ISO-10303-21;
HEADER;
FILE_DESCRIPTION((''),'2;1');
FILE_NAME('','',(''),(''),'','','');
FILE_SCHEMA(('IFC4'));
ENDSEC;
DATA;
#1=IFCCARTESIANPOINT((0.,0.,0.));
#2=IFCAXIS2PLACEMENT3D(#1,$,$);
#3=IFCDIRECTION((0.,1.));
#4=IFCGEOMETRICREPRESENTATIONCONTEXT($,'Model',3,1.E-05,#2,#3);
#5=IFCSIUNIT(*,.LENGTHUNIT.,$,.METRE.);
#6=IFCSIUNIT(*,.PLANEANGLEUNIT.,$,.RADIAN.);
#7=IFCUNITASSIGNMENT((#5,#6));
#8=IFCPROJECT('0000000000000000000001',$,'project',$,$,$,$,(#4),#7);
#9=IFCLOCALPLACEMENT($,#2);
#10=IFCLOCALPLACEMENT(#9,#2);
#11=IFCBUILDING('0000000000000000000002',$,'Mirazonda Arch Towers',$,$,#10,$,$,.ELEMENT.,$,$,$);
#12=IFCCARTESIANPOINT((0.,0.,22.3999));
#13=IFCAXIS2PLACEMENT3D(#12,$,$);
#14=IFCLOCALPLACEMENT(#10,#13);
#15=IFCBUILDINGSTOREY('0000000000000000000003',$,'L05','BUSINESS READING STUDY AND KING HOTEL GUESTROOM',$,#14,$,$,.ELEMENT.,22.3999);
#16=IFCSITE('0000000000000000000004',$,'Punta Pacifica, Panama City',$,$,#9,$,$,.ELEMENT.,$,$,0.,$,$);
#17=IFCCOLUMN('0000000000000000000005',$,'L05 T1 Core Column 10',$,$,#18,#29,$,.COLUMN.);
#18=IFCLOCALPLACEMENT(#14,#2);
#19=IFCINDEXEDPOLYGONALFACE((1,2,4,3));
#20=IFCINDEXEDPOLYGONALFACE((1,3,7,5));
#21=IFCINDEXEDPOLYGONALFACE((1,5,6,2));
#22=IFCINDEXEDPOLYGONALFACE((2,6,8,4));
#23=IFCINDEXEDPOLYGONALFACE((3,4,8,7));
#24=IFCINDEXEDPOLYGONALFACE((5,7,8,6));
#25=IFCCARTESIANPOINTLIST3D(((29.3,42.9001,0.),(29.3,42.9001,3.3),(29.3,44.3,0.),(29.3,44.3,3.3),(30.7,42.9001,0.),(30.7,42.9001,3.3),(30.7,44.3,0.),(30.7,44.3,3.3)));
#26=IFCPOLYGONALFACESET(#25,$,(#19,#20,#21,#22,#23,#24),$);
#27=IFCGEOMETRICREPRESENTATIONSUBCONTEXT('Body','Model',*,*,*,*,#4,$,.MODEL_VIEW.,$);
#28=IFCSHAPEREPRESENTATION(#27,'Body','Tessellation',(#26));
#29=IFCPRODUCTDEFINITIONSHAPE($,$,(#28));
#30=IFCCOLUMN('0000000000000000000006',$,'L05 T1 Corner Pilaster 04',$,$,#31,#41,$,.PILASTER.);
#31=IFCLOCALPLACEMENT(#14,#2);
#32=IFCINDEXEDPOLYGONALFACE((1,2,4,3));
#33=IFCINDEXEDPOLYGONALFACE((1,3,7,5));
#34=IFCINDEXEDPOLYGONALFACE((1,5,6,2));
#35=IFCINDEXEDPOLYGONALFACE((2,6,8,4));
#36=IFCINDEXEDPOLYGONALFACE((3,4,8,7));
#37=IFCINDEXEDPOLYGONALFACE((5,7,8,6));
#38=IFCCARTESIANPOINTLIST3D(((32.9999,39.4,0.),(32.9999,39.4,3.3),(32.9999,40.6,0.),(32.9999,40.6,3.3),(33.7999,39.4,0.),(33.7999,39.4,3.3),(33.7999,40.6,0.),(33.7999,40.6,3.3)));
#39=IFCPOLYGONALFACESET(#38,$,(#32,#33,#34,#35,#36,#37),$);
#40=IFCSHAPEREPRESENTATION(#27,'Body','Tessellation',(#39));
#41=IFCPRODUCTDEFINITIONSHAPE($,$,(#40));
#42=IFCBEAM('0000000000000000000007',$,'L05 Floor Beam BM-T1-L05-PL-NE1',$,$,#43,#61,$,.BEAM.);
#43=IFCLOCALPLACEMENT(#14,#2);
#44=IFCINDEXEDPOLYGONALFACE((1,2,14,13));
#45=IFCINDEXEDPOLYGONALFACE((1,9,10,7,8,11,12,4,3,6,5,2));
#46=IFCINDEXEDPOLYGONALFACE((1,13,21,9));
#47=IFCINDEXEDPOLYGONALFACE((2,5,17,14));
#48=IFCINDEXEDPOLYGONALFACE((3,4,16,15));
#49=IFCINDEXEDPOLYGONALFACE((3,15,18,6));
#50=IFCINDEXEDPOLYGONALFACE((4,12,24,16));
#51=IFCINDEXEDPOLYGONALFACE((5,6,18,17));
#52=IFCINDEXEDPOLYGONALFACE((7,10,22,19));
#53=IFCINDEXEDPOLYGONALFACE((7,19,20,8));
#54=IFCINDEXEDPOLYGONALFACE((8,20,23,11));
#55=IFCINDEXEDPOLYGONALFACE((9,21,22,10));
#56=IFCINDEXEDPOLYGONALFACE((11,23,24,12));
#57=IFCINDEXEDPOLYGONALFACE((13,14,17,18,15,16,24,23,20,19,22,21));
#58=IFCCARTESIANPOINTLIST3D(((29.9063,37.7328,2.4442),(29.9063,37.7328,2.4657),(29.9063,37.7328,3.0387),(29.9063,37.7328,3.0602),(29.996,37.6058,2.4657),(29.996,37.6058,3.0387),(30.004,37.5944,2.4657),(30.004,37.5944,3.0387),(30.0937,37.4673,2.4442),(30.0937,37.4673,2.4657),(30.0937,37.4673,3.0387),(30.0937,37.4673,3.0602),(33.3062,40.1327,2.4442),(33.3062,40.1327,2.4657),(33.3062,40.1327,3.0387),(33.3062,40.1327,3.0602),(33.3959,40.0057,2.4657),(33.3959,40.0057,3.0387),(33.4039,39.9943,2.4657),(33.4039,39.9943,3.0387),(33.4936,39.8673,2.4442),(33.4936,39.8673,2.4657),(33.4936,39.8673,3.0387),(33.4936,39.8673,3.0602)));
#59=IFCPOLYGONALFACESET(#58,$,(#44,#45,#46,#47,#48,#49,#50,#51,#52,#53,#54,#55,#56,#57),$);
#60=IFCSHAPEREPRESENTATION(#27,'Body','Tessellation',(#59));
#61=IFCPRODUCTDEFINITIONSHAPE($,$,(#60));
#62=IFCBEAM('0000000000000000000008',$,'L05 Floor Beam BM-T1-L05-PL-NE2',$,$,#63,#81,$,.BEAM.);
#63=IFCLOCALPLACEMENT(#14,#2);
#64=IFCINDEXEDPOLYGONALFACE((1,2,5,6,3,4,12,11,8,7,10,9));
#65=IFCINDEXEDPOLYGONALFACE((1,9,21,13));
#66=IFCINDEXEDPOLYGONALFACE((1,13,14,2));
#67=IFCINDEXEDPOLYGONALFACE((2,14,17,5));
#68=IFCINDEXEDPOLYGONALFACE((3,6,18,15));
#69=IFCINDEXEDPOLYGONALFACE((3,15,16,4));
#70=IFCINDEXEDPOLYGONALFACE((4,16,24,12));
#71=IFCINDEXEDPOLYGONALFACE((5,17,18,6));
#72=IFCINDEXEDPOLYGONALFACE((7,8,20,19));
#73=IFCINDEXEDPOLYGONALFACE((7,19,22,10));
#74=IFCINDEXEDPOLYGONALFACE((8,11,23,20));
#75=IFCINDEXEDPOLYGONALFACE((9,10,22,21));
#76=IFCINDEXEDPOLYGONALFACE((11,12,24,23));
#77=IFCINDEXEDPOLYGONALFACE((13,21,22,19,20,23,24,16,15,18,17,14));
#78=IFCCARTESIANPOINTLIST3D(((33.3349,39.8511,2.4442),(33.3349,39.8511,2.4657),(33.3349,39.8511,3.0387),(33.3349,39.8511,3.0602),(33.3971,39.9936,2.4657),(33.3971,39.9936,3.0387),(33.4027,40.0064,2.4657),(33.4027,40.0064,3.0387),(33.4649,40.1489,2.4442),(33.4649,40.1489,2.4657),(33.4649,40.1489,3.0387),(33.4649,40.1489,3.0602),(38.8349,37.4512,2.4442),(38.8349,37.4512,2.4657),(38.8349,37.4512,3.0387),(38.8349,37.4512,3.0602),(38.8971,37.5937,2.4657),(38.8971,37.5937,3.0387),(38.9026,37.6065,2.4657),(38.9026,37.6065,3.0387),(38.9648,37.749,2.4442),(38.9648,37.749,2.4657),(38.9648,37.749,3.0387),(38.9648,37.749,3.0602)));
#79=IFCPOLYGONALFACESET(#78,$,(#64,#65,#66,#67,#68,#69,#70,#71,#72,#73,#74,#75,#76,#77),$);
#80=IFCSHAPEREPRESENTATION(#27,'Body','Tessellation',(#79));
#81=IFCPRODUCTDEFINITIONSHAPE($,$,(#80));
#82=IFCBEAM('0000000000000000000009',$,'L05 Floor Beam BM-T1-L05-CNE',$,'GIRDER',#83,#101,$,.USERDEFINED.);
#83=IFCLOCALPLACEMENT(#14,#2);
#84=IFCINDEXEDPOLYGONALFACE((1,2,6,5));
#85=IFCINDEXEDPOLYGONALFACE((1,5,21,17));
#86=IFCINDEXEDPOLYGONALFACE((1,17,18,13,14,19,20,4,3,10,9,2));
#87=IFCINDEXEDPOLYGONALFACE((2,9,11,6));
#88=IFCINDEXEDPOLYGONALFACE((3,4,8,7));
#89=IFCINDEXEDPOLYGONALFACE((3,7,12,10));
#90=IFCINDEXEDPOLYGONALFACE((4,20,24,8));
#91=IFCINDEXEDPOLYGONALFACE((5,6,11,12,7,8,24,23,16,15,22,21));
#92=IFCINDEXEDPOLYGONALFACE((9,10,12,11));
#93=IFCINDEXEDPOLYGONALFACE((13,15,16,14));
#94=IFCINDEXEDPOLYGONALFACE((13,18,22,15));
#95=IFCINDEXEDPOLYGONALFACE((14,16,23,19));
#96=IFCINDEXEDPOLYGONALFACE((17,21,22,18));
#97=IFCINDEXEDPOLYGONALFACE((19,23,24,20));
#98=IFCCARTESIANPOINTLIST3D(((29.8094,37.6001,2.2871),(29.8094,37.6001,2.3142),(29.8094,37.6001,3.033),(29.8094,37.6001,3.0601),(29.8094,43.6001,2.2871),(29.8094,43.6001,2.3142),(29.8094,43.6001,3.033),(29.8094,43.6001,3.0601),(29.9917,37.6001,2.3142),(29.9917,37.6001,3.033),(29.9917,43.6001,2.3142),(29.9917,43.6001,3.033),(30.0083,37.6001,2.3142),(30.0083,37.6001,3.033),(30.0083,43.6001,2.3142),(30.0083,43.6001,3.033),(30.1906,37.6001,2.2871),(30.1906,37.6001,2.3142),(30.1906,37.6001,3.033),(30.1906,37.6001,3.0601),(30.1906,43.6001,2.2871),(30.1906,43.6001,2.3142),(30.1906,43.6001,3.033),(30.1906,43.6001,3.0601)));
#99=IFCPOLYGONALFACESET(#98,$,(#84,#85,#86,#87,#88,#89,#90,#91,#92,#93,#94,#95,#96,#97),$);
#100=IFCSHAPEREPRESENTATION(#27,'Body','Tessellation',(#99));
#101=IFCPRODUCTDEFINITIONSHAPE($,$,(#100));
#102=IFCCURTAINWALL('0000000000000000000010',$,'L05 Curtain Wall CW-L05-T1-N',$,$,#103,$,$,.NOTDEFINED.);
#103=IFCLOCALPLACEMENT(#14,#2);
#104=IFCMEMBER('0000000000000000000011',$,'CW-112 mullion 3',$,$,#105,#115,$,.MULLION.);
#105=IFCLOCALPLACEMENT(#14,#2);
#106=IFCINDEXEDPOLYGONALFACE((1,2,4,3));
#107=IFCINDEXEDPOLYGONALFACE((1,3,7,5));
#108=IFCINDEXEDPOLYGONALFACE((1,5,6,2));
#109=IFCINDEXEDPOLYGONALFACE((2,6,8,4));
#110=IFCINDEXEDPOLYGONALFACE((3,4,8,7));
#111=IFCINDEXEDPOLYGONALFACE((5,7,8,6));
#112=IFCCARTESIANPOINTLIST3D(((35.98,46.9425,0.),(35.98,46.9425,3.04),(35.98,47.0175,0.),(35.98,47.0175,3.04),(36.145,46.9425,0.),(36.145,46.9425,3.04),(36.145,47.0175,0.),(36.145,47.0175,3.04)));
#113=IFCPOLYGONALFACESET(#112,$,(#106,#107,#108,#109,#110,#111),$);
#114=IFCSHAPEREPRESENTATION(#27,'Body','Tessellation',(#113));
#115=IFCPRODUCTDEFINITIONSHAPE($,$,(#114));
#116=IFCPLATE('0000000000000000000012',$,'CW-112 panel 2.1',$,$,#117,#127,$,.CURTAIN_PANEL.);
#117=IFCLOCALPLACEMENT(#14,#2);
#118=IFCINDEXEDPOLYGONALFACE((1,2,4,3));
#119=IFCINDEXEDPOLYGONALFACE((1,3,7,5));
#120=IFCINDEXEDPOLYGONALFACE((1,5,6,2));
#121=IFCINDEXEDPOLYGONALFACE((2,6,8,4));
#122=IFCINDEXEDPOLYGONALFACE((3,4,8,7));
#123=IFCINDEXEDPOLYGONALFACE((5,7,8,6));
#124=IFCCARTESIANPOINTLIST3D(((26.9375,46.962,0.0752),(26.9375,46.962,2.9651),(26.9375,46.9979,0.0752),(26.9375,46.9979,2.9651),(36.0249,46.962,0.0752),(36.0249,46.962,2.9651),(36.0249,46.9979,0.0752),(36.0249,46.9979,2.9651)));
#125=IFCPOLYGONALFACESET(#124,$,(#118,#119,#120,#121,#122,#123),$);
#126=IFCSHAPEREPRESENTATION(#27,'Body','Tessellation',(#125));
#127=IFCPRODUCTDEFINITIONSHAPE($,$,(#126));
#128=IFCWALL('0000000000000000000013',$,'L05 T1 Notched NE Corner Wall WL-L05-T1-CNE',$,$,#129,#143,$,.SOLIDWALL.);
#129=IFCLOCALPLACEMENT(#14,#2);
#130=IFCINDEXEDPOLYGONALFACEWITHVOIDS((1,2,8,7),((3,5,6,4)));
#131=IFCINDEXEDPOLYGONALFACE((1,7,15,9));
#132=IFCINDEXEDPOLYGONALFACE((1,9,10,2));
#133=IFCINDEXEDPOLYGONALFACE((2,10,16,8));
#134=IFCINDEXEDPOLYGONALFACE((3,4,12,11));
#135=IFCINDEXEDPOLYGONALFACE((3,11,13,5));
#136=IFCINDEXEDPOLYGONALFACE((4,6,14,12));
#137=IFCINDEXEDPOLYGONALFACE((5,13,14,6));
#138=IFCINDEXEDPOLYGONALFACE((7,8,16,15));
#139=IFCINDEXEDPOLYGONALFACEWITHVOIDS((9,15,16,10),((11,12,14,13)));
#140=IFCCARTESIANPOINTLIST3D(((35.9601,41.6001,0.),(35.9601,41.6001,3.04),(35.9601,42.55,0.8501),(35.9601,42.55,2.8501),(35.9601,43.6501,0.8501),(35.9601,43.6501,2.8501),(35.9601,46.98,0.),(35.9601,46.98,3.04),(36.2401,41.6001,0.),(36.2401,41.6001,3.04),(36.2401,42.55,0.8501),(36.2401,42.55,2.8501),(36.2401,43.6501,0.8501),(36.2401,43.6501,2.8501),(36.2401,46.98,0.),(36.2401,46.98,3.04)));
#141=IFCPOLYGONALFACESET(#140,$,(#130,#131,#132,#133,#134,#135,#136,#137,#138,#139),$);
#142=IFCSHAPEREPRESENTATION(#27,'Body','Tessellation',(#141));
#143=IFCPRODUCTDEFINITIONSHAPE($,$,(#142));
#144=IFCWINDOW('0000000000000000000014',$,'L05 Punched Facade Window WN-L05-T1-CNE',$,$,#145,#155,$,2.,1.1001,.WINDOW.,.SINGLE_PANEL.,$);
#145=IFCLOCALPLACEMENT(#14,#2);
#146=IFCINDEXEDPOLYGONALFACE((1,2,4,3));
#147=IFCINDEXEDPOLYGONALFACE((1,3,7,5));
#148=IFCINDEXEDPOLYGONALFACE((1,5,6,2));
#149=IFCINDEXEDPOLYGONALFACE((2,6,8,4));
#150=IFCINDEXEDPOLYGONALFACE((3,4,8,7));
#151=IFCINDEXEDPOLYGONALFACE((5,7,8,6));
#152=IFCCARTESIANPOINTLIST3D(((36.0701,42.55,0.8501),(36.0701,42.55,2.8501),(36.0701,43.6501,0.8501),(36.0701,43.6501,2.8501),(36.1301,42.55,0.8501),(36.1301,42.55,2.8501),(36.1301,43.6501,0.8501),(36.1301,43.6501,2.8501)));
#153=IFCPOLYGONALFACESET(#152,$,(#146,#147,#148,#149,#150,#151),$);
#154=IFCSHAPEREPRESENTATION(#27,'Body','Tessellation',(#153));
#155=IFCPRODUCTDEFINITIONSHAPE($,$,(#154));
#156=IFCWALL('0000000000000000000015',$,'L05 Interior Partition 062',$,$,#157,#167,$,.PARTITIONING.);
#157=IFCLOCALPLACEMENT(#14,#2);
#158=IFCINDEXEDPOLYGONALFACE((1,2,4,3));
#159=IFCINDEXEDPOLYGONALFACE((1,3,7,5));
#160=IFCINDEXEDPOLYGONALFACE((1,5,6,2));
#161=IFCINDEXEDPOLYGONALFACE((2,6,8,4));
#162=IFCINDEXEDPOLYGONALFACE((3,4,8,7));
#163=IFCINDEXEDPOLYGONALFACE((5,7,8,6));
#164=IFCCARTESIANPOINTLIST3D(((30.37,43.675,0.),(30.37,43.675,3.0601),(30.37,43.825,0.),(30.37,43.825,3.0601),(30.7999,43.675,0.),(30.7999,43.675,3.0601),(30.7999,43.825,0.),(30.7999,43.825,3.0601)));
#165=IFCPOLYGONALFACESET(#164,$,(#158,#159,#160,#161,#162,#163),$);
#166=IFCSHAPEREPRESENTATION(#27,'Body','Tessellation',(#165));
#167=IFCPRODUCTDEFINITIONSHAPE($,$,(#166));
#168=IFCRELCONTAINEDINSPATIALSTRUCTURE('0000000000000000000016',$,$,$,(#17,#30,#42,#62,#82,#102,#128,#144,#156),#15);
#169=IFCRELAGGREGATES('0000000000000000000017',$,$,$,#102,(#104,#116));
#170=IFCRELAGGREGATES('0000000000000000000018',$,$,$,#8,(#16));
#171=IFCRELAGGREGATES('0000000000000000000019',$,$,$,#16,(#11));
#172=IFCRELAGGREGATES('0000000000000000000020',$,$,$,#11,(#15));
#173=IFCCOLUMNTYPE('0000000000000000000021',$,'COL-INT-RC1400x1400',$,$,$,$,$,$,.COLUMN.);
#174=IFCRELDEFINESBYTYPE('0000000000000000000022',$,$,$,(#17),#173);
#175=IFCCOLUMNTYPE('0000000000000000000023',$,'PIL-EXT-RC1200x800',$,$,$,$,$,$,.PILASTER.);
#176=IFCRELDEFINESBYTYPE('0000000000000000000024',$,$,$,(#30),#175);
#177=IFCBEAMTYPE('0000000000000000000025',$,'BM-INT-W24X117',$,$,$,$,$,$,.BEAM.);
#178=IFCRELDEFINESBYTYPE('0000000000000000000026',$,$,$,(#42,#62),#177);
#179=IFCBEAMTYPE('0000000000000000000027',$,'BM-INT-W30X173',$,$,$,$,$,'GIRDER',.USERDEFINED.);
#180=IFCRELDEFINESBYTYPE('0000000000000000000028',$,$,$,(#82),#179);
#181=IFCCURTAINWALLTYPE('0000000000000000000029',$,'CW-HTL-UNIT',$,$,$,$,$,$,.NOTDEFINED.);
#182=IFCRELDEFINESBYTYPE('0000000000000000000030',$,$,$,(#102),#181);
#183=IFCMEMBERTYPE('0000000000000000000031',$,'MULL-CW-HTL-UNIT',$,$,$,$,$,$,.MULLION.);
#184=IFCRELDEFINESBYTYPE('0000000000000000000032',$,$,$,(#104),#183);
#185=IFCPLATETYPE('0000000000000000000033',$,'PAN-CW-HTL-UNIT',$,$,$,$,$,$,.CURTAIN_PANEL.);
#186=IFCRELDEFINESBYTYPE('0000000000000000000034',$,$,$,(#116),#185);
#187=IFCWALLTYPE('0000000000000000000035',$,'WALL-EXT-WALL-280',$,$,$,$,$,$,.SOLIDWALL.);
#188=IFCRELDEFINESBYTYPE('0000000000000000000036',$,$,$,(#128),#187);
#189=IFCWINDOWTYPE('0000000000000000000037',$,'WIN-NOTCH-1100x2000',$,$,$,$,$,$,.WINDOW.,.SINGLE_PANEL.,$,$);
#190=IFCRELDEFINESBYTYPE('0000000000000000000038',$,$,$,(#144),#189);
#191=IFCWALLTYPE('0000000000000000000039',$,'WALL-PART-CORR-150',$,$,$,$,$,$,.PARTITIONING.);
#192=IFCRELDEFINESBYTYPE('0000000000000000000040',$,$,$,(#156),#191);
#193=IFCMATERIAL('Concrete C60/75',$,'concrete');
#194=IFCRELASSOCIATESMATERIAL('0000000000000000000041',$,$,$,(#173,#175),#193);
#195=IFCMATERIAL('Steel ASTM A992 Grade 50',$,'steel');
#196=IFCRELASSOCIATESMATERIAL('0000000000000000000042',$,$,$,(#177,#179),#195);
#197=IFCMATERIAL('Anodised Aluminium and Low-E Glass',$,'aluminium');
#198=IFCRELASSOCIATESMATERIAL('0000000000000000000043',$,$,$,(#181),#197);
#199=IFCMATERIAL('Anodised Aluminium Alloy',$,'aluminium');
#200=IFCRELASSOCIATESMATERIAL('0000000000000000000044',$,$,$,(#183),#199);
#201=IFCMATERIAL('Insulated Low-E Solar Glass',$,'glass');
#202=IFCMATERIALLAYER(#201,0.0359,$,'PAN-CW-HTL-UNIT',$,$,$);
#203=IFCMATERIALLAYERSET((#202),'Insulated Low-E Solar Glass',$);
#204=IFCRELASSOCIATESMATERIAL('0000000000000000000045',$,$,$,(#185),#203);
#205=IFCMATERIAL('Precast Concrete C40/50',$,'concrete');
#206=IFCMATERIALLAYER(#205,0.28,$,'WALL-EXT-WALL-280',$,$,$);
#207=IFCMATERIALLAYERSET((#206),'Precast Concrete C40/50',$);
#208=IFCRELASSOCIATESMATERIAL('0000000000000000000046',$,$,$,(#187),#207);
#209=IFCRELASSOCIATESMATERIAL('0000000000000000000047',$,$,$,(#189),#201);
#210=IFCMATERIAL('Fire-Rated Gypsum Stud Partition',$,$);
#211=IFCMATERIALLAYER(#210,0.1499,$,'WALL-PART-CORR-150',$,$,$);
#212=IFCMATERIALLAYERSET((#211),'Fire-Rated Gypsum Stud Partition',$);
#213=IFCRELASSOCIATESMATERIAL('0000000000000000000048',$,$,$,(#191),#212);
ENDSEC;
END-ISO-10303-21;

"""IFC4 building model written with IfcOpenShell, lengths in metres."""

from ifc_helpers import new_model, si_unit, direction, frame, frame_2d, origin, origin_2d, place, context, subcontext, project, spatial, rectangle, i_section, extrude, material, layer, layer_set, material_profile, profile_set, type_object, element, fill, aggregate, save


model = new_model("IFC4")

# Units and contexts
model_context = context("Model", 3, precision=1e-05, world=origin(), true_north=direction((0.0, 1.0)))
body_context = subcontext(model_context, "Body", "Model", "MODEL_VIEW")
ifc_project = project(units=[si_unit("LENGTHUNIT", "METRE"), si_unit("PLANEANGLEUNIT", "RADIAN")], contexts=[model_context])

# Site, building, storey
site_placement = place(None, origin())
site = spatial("IfcSite", under=ifc_project, at=site_placement, Name="Punta Pacifica, Panama City", CompositionType="ELEMENT", RefElevation=0.0)
building_placement = place(site_placement, origin())
building = spatial("IfcBuilding", under=site, at=building_placement, Name="Mirazonda Arch Towers", CompositionType="ELEMENT")
storey_placement = place(building_placement, frame((0.0, 0.0, 22.3999)))
storey = spatial("IfcBuildingStorey", under=building, at=storey_placement, Name="L05", Description="BUSINESS READING STUDY AND KING HOTEL GUESTROOM", CompositionType="ELEMENT", Elevation=22.3999)

# Columns
ifc_material_1 = material(Name="Concrete C60/75", Category="concrete")
ifc_material_profile_1 = material_profile(ifc_material_1, rectangle(XDim=1.3999, YDim=1.3999, at=origin_2d()), Name="RC1400x1400")
ifc_profile_set_1 = profile_set([ifc_material_profile_1], Name="Concrete C60/75")
column_type_1 = type_object("IfcColumnType", Name="COL-INT-RC1400x1400", PredefinedType="COLUMN", material=ifc_profile_set_1)
column_1_placement = place(storey_placement, frame((30.0, 43.6001, 0.0), z_axis=(0.0, 0.0, 1.0), x_axis=(1.0, 0.0, 0.0)))
element("IfcColumn", 1, at=column_1_placement, inside=storey, type_object=column_type_1, Name="L05 T1 Core Column 10", PredefinedType="COLUMN", context=body_context, shape_type="SweptSolid", body=[
    extrude(rectangle(XDim=1.3999, YDim=1.3999, at=origin_2d()), origin(), (0.0, 0.0, 1.0), 3.3),
])
ifc_material_profile_2 = material_profile(ifc_material_1, rectangle(XDim=0.8, YDim=1.2, at=origin_2d()), Name="RC1200x800")
ifc_profile_set_2 = profile_set([ifc_material_profile_2], Name="Concrete C60/75")
column_type_2 = type_object("IfcColumnType", Name="PIL-EXT-RC1200x800", PredefinedType="PILASTER", material=ifc_profile_set_2)
column_2_placement = place(storey_placement, frame((33.3999, 40.0, 0.0), z_axis=(0.0, 0.0, 1.0), x_axis=(1.0, 0.0, 0.0)))
element("IfcColumn", 2, at=column_2_placement, inside=storey, type_object=column_type_2, Name="L05 T1 Corner Pilaster 04", PredefinedType="PILASTER", context=body_context, shape_type="SweptSolid", body=[
    extrude(rectangle(XDim=0.8, YDim=1.2, at=origin_2d()), origin(), (0.0, 0.0, 1.0), 3.3),
])

# Beams
ifc_material_2 = material(Name="Steel ASTM A992 Grade 50", Category="steel")
ifc_material_profile_3 = material_profile(ifc_material_2, i_section(OverallWidth=0.325, OverallDepth=0.616, WebThickness=0.0139, FlangeThickness=0.0215, at=origin_2d()), Name="W24X117")
ifc_profile_set_3 = profile_set([ifc_material_profile_3], Name="Steel ASTM A992 Grade 50")
beam_type_1 = type_object("IfcBeamType", Name="BM-INT-W24X117", PredefinedType="BEAM", material=ifc_profile_set_3)
beam_1_placement = place(storey_placement, frame((33.3999, 40.0, 2.7522), z_axis=(-0.816971, -0.576679, 0.0), x_axis=(0.576679, -0.816971, 0.0)))
element("IfcBeam", 3, at=beam_1_placement, inside=storey, type_object=beam_type_1, Name="L05 Floor Beam BM-T1-L05-PL-NE1", PredefinedType="BEAM", context=body_context, shape_type="SweptSolid", body=[
    extrude(i_section(OverallWidth=0.325, OverallDepth=0.616, WebThickness=0.0139, FlangeThickness=0.0215, at=origin_2d()), origin(), (0.0, 0.0, 1.0), 4.1616),
])
beam_2_placement = place(storey_placement, frame((33.3999, 40.0, 2.7522), z_axis=(0.916545, -0.399931, 0.0), x_axis=(0.399931, 0.916545, 0.0)))
element("IfcBeam", 4, at=beam_2_placement, inside=storey, type_object=beam_type_1, Name="L05 Floor Beam BM-T1-L05-PL-NE2", PredefinedType="BEAM", context=body_context, shape_type="SweptSolid", body=[
    extrude(i_section(OverallWidth=0.325, OverallDepth=0.616, WebThickness=0.0139, FlangeThickness=0.0215, at=origin_2d()), origin(), (0.0, 0.0, 1.0), 6.0007),
])
ifc_material_profile_4 = material_profile(ifc_material_2, i_section(OverallWidth=0.3811, OverallDepth=0.7729, WebThickness=0.0166, FlangeThickness=0.0271, at=origin_2d()), Name="W30X173")
ifc_profile_set_4 = profile_set([ifc_material_profile_4], Name="Steel ASTM A992 Grade 50")
beam_type_2 = type_object("IfcBeamType", Name="BM-INT-W30X173", ElementType="GIRDER", PredefinedType="USERDEFINED", material=ifc_profile_set_4)
beam_3_placement = place(storey_placement, frame((30.0, 37.6001, 2.6736), z_axis=(0.0, 1.0, 0.0), x_axis=(-1.0, 0.0, 0.0)))
element("IfcBeam", 5, at=beam_3_placement, inside=storey, type_object=beam_type_2, Name="L05 Floor Beam BM-T1-L05-CNE", ObjectType="GIRDER", PredefinedType="USERDEFINED", context=body_context, shape_type="SweptSolid", body=[
    extrude(i_section(OverallWidth=0.3811, OverallDepth=0.7729, WebThickness=0.0166, FlangeThickness=0.0271, at=origin_2d()), origin(), (0.0, 0.0, 1.0), 6.0),
])

# Curtain wall, member, plate
ifc_material_3 = material(Name="Anodised Aluminium and Low-E Glass", Category="aluminium")
curtain_wall_type = type_object("IfcCurtainWallType", Name="CW-HTL-UNIT", PredefinedType="NOTDEFINED", material=ifc_material_3)
curtain_wall_placement = place(storey_placement, origin())
curtain_wall = element("IfcCurtainWall", 6, at=curtain_wall_placement, inside=storey, type_object=curtain_wall_type, Name="L05 Curtain Wall CW-L05-T1-N", PredefinedType="NOTDEFINED")
ifc_material_4 = material(Name="Anodised Aluminium Alloy", Category="aluminium")
ifc_material_profile_5 = material_profile(ifc_material_4, rectangle(XDim=0.075, YDim=0.165, at=origin_2d()), Name="ALU-MULL-75x165")
ifc_profile_set_5 = profile_set([ifc_material_profile_5], Name="Anodised Aluminium Alloy")
member_type = type_object("IfcMemberType", Name="MULL-CW-HTL-UNIT", PredefinedType="MULLION", material=ifc_profile_set_5)
member_placement = place(storey_placement, frame((36.0625, 46.98, 0.0), z_axis=(0.0, 0.0, 1.0), x_axis=(0.0, 1.0, 0.0)))
member = element("IfcMember", 7, at=member_placement, type_object=member_type, Name="CW-112 mullion 3", PredefinedType="MULLION", context=body_context, shape_type="SweptSolid", body=[
    extrude(rectangle(XDim=0.075, YDim=0.165, at=origin_2d()), origin(), (0.0, 0.0, 1.0), 3.04),
])
ifc_material_5 = material(Name="Insulated Low-E Solar Glass", Category="glass")
ifc_layer_1 = layer(ifc_material_5, 0.0359, Name="PAN-CW-HTL-UNIT")
ifc_layer_set_1 = layer_set([ifc_layer_1], Name="Insulated Low-E Solar Glass")
plate_type = type_object("IfcPlateType", Name="PAN-CW-HTL-UNIT", PredefinedType="CURTAIN_PANEL", material=ifc_layer_set_1)
plate_placement = place(storey_placement, frame((31.4812, 46.98, 0.0752), z_axis=(0.0, 0.0, 1.0), x_axis=(1.0, 0.0, 0.0)))
plate = element("IfcPlate", 8, at=plate_placement, type_object=plate_type, Name="CW-112 panel 2.1", PredefinedType="CURTAIN_PANEL", context=body_context, shape_type="SweptSolid", body=[
    extrude(rectangle(XDim=9.0874, YDim=0.0359, at=origin_2d()), origin(), (0.0, 0.0, 1.0), 2.8899),
])
aggregate(curtain_wall, [member, plate])

# Wall, opening, window
ifc_material_6 = material(Name="Precast Concrete C40/50", Category="concrete")
ifc_layer_2 = layer(ifc_material_6, 0.28, Name="WALL-EXT-WALL-280")
ifc_layer_set_2 = layer_set([ifc_layer_2], Name="Precast Concrete C40/50")
wall_type_1 = type_object("IfcWallType", Name="WALL-EXT-WALL-280", PredefinedType="SOLIDWALL", material=ifc_layer_set_2)
wall_1_placement = place(storey_placement, frame((36.1001, 41.6001, 0.0), z_axis=(0.0, 0.0, 1.0), x_axis=(0.0, 1.0, 0.0)))
wall_1 = element("IfcWall", 9, at=wall_1_placement, inside=storey, type_object=wall_type_1, Name="L05 T1 Notched NE Corner Wall WL-L05-T1-CNE", PredefinedType="SOLIDWALL", context=body_context, shape_type="SweptSolid", body=[
    extrude(rectangle(XDim=5.3799, YDim=0.28, at=frame_2d((2.6899, 0.0))), origin(), (0.0, 0.0, 1.0), 3.04),
])
opening_1_placement = place(wall_1_placement, frame((0.95, 0.0, 0.8501)))
opening_1 = element("IfcOpeningElement", 10, at=opening_1_placement, cuts=wall_1, PredefinedType="OPENING", context=body_context, shape_type="SweptSolid", body=[
    extrude(rectangle(XDim=1.1001, YDim=2.0, at=frame_2d((0.55, 1.0))), frame((0.0, 0.1499, 0.0), z_axis=(0.0, -1.0, 0.0), x_axis=(1.0, 0.0, 0.0)), (0.0, 0.0, 1.0), 0.3),
])
window_type = type_object("IfcWindowType", Name="WIN-NOTCH-1100x2000", PartitioningType="SINGLE_PANEL", PredefinedType="WINDOW", material=ifc_material_5)
window_placement = place(opening_1_placement, origin())
window = element("IfcWindow", 11, at=window_placement, inside=storey, type_object=window_type, Name="L05 Punched Facade Window WN-L05-T1-CNE", OverallHeight=2.0, OverallWidth=1.1001, PartitioningType="SINGLE_PANEL", PredefinedType="WINDOW", context=body_context, shape_type="SweptSolid", body=[
    extrude(rectangle(XDim=1.1001, YDim=2.0, at=frame_2d((0.55, 1.0))), frame((0.0, 0.03, 0.0), z_axis=(0.0, -1.0, 0.0), x_axis=(1.0, 0.0, 0.0)), (0.0, 0.0, 1.0), 0.0601),
])
fill(opening_1, window)

# Wall
ifc_material_7 = material(Name="Fire-Rated Gypsum Stud Partition")
ifc_layer_3 = layer(ifc_material_7, 0.1499, Name="WALL-PART-CORR-150")
ifc_layer_set_3 = layer_set([ifc_layer_3], Name="Fire-Rated Gypsum Stud Partition")
wall_type_2 = type_object("IfcWallType", Name="WALL-PART-CORR-150", PredefinedType="PARTITIONING", material=ifc_layer_set_3)
wall_2_placement = place(storey_placement, frame((30.3701, 43.75, 0.0), z_axis=(0.0, 0.0, 1.0), x_axis=(1.0, 0.0, 0.0)))
element("IfcWall", 12, at=wall_2_placement, inside=storey, type_object=wall_type_2, Name="L05 Interior Partition 062", PredefinedType="PARTITIONING", context=body_context, shape_type="SweptSolid", body=[
    extrude(rectangle(XDim=0.4299, YDim=0.1499, at=frame_2d((0.2148, 0.0))), origin(), (0.0, 0.0, 1.0), 3.0601),
])

save(model, "model.ifc")
